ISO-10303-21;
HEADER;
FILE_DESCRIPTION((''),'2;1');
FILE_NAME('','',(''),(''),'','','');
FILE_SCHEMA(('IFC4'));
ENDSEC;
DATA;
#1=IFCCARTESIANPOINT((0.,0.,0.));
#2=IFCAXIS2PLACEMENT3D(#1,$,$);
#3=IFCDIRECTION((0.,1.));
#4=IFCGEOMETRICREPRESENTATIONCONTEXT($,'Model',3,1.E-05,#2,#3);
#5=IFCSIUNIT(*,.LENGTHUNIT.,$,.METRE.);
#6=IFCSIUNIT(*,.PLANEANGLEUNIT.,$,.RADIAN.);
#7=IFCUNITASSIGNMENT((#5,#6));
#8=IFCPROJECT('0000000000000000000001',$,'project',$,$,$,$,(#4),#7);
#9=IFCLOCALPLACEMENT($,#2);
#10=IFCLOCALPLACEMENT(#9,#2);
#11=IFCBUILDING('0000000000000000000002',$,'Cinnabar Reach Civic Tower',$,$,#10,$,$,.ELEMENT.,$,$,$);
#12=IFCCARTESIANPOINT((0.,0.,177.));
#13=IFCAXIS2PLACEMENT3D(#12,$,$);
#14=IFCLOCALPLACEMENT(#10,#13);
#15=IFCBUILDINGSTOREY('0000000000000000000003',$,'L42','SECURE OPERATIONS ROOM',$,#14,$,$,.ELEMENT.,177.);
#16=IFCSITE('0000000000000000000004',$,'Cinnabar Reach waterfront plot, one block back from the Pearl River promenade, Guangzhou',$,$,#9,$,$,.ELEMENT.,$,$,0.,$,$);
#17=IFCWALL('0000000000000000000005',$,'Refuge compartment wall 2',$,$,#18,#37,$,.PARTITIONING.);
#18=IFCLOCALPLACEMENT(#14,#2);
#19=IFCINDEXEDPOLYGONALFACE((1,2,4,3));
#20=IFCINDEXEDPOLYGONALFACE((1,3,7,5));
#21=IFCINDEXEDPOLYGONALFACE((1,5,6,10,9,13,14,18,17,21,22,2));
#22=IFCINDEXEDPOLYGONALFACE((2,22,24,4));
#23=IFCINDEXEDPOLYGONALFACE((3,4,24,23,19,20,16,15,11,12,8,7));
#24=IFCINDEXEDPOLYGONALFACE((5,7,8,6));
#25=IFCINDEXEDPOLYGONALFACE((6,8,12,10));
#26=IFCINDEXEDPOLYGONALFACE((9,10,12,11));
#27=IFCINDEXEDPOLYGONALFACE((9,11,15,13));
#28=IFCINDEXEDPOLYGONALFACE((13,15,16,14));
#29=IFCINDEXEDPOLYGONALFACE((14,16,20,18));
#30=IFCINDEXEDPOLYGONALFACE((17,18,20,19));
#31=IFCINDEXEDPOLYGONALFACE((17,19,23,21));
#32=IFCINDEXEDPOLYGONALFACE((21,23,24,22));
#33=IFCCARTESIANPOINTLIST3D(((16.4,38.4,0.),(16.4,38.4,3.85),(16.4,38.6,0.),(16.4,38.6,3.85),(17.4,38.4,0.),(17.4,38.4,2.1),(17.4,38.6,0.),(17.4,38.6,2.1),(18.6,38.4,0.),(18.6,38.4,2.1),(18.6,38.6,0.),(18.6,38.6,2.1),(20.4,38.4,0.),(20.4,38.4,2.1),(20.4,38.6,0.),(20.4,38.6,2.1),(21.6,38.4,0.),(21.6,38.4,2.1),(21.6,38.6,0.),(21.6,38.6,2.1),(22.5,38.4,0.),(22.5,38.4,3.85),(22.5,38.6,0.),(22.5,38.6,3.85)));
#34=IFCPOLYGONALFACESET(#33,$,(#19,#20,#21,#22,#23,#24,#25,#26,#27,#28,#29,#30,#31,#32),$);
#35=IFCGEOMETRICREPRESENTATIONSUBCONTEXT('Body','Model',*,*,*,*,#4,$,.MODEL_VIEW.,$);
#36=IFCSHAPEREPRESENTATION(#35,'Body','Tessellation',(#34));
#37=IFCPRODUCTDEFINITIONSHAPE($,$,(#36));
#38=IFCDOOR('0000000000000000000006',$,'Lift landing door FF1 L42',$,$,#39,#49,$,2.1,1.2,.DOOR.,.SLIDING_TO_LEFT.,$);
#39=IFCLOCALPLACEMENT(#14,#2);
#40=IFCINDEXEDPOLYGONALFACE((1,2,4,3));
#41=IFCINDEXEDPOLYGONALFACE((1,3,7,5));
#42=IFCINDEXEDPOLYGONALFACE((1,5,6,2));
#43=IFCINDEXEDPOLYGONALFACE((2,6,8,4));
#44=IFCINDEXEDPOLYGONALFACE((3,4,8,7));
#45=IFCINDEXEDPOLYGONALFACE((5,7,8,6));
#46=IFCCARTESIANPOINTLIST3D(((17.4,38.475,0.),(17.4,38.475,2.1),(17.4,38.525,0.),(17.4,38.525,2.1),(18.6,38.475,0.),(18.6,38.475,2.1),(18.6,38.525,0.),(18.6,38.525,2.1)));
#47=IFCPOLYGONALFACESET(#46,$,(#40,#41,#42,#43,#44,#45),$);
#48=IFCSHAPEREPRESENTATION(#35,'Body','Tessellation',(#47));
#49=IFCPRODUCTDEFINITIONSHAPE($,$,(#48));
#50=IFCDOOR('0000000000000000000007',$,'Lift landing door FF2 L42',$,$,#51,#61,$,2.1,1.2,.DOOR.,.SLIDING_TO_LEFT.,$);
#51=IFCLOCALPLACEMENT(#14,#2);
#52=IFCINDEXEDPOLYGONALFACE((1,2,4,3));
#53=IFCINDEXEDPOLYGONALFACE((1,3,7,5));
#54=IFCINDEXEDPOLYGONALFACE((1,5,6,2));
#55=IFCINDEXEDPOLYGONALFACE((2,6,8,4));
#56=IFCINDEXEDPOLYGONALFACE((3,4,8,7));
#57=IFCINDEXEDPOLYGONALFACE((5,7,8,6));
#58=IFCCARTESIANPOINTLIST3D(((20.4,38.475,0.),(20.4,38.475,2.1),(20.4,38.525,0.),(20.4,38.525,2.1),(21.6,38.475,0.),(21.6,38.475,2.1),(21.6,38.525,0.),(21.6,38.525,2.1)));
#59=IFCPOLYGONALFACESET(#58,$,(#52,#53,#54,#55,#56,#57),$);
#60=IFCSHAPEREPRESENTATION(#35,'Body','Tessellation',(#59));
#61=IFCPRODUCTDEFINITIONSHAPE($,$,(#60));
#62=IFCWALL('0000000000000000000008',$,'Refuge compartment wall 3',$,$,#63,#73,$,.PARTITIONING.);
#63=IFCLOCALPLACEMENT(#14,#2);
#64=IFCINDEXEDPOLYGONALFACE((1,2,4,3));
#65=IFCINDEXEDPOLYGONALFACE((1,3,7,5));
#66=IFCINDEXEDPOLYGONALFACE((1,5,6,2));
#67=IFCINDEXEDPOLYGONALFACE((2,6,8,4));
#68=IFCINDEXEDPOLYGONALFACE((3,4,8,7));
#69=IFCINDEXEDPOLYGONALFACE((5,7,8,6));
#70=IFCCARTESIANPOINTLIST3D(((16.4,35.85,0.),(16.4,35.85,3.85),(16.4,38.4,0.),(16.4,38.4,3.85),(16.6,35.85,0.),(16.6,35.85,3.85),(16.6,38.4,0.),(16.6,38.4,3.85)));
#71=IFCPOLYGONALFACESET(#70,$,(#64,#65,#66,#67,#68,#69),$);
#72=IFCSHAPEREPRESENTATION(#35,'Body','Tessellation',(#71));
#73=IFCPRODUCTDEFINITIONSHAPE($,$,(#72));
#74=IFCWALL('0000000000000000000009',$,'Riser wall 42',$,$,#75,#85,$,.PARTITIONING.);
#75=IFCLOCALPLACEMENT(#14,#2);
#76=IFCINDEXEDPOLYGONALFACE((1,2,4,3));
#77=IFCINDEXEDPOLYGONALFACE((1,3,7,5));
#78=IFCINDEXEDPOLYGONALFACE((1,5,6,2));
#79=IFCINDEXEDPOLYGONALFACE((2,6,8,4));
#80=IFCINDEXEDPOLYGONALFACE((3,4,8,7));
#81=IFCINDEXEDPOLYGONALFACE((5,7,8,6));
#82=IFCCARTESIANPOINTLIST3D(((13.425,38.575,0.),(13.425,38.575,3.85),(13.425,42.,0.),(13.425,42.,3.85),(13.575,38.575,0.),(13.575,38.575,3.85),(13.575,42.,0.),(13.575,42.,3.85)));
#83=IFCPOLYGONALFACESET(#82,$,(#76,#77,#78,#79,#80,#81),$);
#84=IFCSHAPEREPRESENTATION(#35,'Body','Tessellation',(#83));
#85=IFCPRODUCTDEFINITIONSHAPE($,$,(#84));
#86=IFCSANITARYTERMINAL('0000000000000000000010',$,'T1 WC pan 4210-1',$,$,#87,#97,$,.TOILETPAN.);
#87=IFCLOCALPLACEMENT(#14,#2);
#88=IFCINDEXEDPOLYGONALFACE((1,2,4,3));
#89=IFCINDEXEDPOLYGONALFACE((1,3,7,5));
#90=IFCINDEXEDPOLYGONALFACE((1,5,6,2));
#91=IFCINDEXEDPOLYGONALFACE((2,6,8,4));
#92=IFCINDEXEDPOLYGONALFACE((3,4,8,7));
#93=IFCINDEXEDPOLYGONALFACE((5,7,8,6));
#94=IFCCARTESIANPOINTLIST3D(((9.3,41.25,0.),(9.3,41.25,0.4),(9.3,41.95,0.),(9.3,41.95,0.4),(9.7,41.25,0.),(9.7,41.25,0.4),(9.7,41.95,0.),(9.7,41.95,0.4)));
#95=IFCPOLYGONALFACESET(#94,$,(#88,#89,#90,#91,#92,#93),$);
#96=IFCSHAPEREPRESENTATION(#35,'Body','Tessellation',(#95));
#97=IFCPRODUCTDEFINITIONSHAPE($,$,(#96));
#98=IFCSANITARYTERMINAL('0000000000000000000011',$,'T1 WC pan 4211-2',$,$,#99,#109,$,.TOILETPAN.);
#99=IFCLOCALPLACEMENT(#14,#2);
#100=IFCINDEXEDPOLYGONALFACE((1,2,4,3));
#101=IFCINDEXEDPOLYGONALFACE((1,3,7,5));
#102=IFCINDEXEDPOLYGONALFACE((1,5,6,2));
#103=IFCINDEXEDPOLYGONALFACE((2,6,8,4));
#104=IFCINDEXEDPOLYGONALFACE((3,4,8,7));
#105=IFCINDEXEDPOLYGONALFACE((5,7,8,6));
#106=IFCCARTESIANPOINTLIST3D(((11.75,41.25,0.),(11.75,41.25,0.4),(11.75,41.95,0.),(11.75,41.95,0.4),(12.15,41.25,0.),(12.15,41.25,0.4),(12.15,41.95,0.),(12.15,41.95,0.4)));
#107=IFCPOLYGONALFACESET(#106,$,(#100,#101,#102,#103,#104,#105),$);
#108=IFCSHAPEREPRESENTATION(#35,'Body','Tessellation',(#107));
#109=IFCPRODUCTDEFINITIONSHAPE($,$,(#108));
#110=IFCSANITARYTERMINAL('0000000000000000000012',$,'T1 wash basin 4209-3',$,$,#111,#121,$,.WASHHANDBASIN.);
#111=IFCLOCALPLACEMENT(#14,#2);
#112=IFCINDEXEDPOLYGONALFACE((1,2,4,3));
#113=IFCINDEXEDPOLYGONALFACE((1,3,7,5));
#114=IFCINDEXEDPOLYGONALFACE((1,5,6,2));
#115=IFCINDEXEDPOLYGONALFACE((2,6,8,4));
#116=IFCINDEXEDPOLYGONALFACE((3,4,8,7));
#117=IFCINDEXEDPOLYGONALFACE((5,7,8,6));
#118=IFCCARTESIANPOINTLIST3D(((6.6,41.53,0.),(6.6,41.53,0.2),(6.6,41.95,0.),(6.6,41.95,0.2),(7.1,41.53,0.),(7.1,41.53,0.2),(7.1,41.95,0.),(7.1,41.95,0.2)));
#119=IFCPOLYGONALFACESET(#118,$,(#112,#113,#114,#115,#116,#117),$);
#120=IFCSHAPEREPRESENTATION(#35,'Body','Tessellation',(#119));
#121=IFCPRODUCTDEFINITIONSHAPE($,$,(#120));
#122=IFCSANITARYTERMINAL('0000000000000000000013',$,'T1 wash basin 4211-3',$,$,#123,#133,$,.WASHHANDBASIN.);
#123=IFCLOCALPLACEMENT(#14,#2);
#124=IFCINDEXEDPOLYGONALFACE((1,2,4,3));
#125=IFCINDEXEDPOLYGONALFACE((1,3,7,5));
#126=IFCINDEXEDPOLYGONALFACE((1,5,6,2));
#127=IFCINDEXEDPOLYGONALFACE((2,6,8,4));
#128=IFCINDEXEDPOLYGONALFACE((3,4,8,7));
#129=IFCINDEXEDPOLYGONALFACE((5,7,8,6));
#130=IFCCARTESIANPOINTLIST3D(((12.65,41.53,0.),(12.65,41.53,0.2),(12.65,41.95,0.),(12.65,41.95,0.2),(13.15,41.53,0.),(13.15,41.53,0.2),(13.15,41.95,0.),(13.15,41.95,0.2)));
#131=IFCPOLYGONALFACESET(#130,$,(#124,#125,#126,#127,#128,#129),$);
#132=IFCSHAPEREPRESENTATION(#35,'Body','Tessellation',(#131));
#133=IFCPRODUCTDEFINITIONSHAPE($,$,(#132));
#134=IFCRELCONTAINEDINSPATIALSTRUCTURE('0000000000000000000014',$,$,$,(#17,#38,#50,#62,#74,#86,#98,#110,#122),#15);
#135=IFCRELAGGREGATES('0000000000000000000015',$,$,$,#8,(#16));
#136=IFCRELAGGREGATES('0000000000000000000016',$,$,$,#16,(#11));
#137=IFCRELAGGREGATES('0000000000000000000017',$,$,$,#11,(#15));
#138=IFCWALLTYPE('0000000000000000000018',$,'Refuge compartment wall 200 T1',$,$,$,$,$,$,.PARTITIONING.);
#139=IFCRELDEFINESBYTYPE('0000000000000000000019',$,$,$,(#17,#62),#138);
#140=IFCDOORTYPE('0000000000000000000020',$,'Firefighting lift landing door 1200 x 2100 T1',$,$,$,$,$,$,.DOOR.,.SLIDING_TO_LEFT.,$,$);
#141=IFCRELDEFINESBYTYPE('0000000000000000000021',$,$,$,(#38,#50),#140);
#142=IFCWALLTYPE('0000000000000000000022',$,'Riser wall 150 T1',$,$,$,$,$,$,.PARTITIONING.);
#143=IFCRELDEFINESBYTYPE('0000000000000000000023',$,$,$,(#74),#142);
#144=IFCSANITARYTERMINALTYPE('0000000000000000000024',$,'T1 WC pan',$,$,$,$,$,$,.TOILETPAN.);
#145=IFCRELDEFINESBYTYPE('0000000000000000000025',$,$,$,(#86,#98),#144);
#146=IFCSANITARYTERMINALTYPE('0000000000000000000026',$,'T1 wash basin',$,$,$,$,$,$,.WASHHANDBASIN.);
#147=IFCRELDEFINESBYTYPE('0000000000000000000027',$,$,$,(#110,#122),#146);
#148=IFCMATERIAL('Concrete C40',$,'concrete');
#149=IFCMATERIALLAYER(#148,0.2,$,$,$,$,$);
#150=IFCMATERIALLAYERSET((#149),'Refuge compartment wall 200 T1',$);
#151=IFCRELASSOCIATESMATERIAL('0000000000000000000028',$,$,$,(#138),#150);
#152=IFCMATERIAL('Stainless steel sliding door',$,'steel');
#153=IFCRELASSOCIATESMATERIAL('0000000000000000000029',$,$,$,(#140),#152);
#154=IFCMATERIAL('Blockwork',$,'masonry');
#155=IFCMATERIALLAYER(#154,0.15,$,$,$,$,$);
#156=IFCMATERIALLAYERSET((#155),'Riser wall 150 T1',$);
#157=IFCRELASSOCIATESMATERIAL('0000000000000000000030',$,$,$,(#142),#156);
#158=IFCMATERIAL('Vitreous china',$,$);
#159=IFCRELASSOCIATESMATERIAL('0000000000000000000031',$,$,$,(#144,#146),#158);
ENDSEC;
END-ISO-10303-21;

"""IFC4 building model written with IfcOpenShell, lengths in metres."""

from ifc_helpers import new_model, si_unit, direction, frame, frame_2d, origin, origin_2d, place, context, subcontext, project, spatial, rectangle, extrude, material, layer, layer_set, type_object, element, fill, save


model = new_model("IFC4")

# Units and contexts
model_context = context("Model", 3, precision=1e-05, world=origin(), true_north=direction((0.0, 1.0)))
body_context = subcontext(model_context, "Body", "Model", "MODEL_VIEW")
ifc_project = project(units=[si_unit("LENGTHUNIT", "METRE"), si_unit("PLANEANGLEUNIT", "RADIAN")], contexts=[model_context])

# Site, building, storey
site_placement = place(None, origin())
site = spatial("IfcSite", under=ifc_project, at=site_placement, Name="Cinnabar Reach waterfront plot, one block back from the Pearl River promenade, Guangzhou", CompositionType="ELEMENT", RefElevation=0.0)
building_placement = place(site_placement, origin())
building = spatial("IfcBuilding", under=site, at=building_placement, Name="Cinnabar Reach Civic Tower", CompositionType="ELEMENT")
storey_placement = place(building_placement, frame((0.0, 0.0, 177.0)))
storey = spatial("IfcBuildingStorey", under=building, at=storey_placement, Name="L42", Description="SECURE OPERATIONS ROOM", CompositionType="ELEMENT", Elevation=177.0)

# Shared definitions
ifc_material_1 = material(Name="Blockwork", Category="masonry")
ifc_material_2 = material(Name="Stainless steel sliding door", Category="steel")

# Shared definitions
ifc_material_3 = material(Name="Concrete C40", Category="concrete")
ifc_layer_1 = layer(ifc_material_3, 0.2)
ifc_layer_set_1 = layer_set([ifc_layer_1], Name="Refuge compartment wall 200 T1")
wall_type_1 = type_object("IfcWallType", Name="Refuge compartment wall 200 T1", PredefinedType="PARTITIONING", material=ifc_layer_set_1)

# Wall, openings, doors
wall_1_placement = place(storey_placement, frame((16.4, 38.5, 0.0), z_axis=(0.0, 0.0, 1.0), x_axis=(1.0, 0.0, 0.0)))
wall_1 = element("IfcWall", 1, at=wall_1_placement, inside=storey, type_object=wall_type_1, Name="Refuge compartment wall 2", PredefinedType="PARTITIONING", context=body_context, shape_type="SweptSolid", body=[
    extrude(rectangle(XDim=6.1, YDim=0.2, at=frame_2d((3.05, 0.0))), origin(), (0.0, 0.0, 1.0), 3.85),
])
opening_1_placement = place(wall_1_placement, frame((1.0, 0.0, 0.0)))
opening_1 = element("IfcOpeningElement", 2, at=opening_1_placement, cuts=wall_1, PredefinedType="OPENING", context=body_context, shape_type="SweptSolid", body=[
    extrude(rectangle(XDim=1.2, YDim=2.1, at=frame_2d((0.6, 1.05))), frame((0.0, 0.11, 0.0), z_axis=(0.0, -1.0, 0.0), x_axis=(1.0, 0.0, 0.0)), (0.0, 0.0, 1.0), 0.22),
])
opening_2_placement = place(wall_1_placement, frame((4.0, 0.0, 0.0)))
opening_2 = element("IfcOpeningElement", 3, at=opening_2_placement, cuts=wall_1, PredefinedType="OPENING", context=body_context, shape_type="SweptSolid", body=[
    extrude(rectangle(XDim=1.2, YDim=2.1, at=frame_2d((0.6, 1.05))), frame((0.0, 0.11, 0.0), z_axis=(0.0, -1.0, 0.0), x_axis=(1.0, 0.0, 0.0)), (0.0, 0.0, 1.0), 0.22),
])
door_type_1 = type_object("IfcDoorType", Name="Firefighting lift landing door 1200 x 2100 T1", OperationType="SLIDING_TO_LEFT", PredefinedType="DOOR", material=ifc_material_2)
door_1_placement = place(opening_1_placement, origin())
door_1 = element("IfcDoor", 4, at=door_1_placement, inside=storey, type_object=door_type_1, Name="Lift landing door FF1 L42", OperationType="SLIDING_TO_LEFT", OverallHeight=2.1, OverallWidth=1.2, PredefinedType="DOOR", context=body_context, shape_type="SweptSolid", body=[
    extrude(rectangle(XDim=1.2, YDim=2.1, at=frame_2d((0.6, 1.05))), frame((0.0, 0.025, 0.0), z_axis=(0.0, -1.0, 0.0), x_axis=(1.0, 0.0, 0.0)), (0.0, 0.0, 1.0), 0.05),
])
fill(opening_1, door_1)
door_2_placement = place(opening_2_placement, origin())
door_2 = element("IfcDoor", 5, at=door_2_placement, inside=storey, type_object=door_type_1, Name="Lift landing door FF2 L42", OperationType="SLIDING_TO_LEFT", OverallHeight=2.1, OverallWidth=1.2, PredefinedType="DOOR", context=body_context, shape_type="SweptSolid", body=[
    extrude(rectangle(XDim=1.2, YDim=2.1, at=frame_2d((0.6, 1.05))), frame((0.0, 0.025, 0.0), z_axis=(0.0, -1.0, 0.0), x_axis=(1.0, 0.0, 0.0)), (0.0, 0.0, 1.0), 0.05),
])
fill(opening_2, door_2)

# Walls
wall_2_placement = place(storey_placement, frame((16.5, 35.85, 0.0), z_axis=(0.0, 0.0, 1.0), x_axis=(0.0, 1.0, 0.0)))
element("IfcWall", 6, at=wall_2_placement, inside=storey, type_object=wall_type_1, Name="Refuge compartment wall 3", PredefinedType="PARTITIONING", context=body_context, shape_type="SweptSolid", body=[
    extrude(rectangle(XDim=2.55, YDim=0.2, at=frame_2d((1.275, 0.0))), origin(), (0.0, 0.0, 1.0), 3.85),
])
ifc_layer_2 = layer(ifc_material_1, 0.15)
ifc_layer_set_2 = layer_set([ifc_layer_2], Name="Riser wall 150 T1")
wall_type_2 = type_object("IfcWallType", Name="Riser wall 150 T1", PredefinedType="PARTITIONING", material=ifc_layer_set_2)
wall_3_placement = place(storey_placement, frame((13.5, 38.575, 0.0), z_axis=(0.0, 0.0, 1.0), x_axis=(0.0, 1.0, 0.0)))
element("IfcWall", 7, at=wall_3_placement, inside=storey, type_object=wall_type_2, Name="Riser wall 42", PredefinedType="PARTITIONING", context=body_context, shape_type="SweptSolid", body=[
    extrude(rectangle(XDim=3.425, YDim=0.15, at=frame_2d((1.7125, 0.0))), origin(), (0.0, 0.0, 1.0), 3.85),
])

# Sanitary terminals
ifc_material_4 = material(Name="Vitreous china")
sanitary_terminal_type_1 = type_object("IfcSanitaryTerminalType", Name="T1 WC pan", PredefinedType="TOILETPAN", material=ifc_material_4)
for number, where, z_axis, x_axis, name in (
    (8, (9.5, 41.6, 0.0), (0.0, 0.0, 1.0), (1.0, 0.0, 0.0), "T1 WC pan 4210-1"),
    (9, (11.95, 41.6, 0.0), (0.0, 0.0, 1.0), (1.0, 0.0, 0.0), "T1 WC pan 4211-2"),
):
    element("IfcSanitaryTerminal", number, at=place(storey_placement, frame(where, z_axis=z_axis, x_axis=x_axis)), inside=storey, type_object=sanitary_terminal_type_1, Name=name, PredefinedType="TOILETPAN", context=body_context, shape_type="SweptSolid", body=[
        extrude(rectangle(XDim=0.4, YDim=0.7, at=origin_2d()), origin(), (0.0, 0.0, 1.0), 0.4),
    ])
sanitary_terminal_type_2 = type_object("IfcSanitaryTerminalType", Name="T1 wash basin", PredefinedType="WASHHANDBASIN", material=ifc_material_4)
for number, where, z_axis, x_axis, name in (
    (10, (6.85, 41.74, 0.0), (0.0, 0.0, 1.0), (1.0, 0.0, 0.0), "T1 wash basin 4209-3"),
    (11, (12.9, 41.74, 0.0), (0.0, 0.0, 1.0), (1.0, 0.0, 0.0), "T1 wash basin 4211-3"),
):
    element("IfcSanitaryTerminal", number, at=place(storey_placement, frame(where, z_axis=z_axis, x_axis=x_axis)), inside=storey, type_object=sanitary_terminal_type_2, Name=name, PredefinedType="WASHHANDBASIN", context=body_context, shape_type="SweptSolid", body=[
        extrude(rectangle(XDim=0.5, YDim=0.42, at=origin_2d()), origin(), (0.0, 0.0, 1.0), 0.2),
    ])

save(model, "model.ifc")
